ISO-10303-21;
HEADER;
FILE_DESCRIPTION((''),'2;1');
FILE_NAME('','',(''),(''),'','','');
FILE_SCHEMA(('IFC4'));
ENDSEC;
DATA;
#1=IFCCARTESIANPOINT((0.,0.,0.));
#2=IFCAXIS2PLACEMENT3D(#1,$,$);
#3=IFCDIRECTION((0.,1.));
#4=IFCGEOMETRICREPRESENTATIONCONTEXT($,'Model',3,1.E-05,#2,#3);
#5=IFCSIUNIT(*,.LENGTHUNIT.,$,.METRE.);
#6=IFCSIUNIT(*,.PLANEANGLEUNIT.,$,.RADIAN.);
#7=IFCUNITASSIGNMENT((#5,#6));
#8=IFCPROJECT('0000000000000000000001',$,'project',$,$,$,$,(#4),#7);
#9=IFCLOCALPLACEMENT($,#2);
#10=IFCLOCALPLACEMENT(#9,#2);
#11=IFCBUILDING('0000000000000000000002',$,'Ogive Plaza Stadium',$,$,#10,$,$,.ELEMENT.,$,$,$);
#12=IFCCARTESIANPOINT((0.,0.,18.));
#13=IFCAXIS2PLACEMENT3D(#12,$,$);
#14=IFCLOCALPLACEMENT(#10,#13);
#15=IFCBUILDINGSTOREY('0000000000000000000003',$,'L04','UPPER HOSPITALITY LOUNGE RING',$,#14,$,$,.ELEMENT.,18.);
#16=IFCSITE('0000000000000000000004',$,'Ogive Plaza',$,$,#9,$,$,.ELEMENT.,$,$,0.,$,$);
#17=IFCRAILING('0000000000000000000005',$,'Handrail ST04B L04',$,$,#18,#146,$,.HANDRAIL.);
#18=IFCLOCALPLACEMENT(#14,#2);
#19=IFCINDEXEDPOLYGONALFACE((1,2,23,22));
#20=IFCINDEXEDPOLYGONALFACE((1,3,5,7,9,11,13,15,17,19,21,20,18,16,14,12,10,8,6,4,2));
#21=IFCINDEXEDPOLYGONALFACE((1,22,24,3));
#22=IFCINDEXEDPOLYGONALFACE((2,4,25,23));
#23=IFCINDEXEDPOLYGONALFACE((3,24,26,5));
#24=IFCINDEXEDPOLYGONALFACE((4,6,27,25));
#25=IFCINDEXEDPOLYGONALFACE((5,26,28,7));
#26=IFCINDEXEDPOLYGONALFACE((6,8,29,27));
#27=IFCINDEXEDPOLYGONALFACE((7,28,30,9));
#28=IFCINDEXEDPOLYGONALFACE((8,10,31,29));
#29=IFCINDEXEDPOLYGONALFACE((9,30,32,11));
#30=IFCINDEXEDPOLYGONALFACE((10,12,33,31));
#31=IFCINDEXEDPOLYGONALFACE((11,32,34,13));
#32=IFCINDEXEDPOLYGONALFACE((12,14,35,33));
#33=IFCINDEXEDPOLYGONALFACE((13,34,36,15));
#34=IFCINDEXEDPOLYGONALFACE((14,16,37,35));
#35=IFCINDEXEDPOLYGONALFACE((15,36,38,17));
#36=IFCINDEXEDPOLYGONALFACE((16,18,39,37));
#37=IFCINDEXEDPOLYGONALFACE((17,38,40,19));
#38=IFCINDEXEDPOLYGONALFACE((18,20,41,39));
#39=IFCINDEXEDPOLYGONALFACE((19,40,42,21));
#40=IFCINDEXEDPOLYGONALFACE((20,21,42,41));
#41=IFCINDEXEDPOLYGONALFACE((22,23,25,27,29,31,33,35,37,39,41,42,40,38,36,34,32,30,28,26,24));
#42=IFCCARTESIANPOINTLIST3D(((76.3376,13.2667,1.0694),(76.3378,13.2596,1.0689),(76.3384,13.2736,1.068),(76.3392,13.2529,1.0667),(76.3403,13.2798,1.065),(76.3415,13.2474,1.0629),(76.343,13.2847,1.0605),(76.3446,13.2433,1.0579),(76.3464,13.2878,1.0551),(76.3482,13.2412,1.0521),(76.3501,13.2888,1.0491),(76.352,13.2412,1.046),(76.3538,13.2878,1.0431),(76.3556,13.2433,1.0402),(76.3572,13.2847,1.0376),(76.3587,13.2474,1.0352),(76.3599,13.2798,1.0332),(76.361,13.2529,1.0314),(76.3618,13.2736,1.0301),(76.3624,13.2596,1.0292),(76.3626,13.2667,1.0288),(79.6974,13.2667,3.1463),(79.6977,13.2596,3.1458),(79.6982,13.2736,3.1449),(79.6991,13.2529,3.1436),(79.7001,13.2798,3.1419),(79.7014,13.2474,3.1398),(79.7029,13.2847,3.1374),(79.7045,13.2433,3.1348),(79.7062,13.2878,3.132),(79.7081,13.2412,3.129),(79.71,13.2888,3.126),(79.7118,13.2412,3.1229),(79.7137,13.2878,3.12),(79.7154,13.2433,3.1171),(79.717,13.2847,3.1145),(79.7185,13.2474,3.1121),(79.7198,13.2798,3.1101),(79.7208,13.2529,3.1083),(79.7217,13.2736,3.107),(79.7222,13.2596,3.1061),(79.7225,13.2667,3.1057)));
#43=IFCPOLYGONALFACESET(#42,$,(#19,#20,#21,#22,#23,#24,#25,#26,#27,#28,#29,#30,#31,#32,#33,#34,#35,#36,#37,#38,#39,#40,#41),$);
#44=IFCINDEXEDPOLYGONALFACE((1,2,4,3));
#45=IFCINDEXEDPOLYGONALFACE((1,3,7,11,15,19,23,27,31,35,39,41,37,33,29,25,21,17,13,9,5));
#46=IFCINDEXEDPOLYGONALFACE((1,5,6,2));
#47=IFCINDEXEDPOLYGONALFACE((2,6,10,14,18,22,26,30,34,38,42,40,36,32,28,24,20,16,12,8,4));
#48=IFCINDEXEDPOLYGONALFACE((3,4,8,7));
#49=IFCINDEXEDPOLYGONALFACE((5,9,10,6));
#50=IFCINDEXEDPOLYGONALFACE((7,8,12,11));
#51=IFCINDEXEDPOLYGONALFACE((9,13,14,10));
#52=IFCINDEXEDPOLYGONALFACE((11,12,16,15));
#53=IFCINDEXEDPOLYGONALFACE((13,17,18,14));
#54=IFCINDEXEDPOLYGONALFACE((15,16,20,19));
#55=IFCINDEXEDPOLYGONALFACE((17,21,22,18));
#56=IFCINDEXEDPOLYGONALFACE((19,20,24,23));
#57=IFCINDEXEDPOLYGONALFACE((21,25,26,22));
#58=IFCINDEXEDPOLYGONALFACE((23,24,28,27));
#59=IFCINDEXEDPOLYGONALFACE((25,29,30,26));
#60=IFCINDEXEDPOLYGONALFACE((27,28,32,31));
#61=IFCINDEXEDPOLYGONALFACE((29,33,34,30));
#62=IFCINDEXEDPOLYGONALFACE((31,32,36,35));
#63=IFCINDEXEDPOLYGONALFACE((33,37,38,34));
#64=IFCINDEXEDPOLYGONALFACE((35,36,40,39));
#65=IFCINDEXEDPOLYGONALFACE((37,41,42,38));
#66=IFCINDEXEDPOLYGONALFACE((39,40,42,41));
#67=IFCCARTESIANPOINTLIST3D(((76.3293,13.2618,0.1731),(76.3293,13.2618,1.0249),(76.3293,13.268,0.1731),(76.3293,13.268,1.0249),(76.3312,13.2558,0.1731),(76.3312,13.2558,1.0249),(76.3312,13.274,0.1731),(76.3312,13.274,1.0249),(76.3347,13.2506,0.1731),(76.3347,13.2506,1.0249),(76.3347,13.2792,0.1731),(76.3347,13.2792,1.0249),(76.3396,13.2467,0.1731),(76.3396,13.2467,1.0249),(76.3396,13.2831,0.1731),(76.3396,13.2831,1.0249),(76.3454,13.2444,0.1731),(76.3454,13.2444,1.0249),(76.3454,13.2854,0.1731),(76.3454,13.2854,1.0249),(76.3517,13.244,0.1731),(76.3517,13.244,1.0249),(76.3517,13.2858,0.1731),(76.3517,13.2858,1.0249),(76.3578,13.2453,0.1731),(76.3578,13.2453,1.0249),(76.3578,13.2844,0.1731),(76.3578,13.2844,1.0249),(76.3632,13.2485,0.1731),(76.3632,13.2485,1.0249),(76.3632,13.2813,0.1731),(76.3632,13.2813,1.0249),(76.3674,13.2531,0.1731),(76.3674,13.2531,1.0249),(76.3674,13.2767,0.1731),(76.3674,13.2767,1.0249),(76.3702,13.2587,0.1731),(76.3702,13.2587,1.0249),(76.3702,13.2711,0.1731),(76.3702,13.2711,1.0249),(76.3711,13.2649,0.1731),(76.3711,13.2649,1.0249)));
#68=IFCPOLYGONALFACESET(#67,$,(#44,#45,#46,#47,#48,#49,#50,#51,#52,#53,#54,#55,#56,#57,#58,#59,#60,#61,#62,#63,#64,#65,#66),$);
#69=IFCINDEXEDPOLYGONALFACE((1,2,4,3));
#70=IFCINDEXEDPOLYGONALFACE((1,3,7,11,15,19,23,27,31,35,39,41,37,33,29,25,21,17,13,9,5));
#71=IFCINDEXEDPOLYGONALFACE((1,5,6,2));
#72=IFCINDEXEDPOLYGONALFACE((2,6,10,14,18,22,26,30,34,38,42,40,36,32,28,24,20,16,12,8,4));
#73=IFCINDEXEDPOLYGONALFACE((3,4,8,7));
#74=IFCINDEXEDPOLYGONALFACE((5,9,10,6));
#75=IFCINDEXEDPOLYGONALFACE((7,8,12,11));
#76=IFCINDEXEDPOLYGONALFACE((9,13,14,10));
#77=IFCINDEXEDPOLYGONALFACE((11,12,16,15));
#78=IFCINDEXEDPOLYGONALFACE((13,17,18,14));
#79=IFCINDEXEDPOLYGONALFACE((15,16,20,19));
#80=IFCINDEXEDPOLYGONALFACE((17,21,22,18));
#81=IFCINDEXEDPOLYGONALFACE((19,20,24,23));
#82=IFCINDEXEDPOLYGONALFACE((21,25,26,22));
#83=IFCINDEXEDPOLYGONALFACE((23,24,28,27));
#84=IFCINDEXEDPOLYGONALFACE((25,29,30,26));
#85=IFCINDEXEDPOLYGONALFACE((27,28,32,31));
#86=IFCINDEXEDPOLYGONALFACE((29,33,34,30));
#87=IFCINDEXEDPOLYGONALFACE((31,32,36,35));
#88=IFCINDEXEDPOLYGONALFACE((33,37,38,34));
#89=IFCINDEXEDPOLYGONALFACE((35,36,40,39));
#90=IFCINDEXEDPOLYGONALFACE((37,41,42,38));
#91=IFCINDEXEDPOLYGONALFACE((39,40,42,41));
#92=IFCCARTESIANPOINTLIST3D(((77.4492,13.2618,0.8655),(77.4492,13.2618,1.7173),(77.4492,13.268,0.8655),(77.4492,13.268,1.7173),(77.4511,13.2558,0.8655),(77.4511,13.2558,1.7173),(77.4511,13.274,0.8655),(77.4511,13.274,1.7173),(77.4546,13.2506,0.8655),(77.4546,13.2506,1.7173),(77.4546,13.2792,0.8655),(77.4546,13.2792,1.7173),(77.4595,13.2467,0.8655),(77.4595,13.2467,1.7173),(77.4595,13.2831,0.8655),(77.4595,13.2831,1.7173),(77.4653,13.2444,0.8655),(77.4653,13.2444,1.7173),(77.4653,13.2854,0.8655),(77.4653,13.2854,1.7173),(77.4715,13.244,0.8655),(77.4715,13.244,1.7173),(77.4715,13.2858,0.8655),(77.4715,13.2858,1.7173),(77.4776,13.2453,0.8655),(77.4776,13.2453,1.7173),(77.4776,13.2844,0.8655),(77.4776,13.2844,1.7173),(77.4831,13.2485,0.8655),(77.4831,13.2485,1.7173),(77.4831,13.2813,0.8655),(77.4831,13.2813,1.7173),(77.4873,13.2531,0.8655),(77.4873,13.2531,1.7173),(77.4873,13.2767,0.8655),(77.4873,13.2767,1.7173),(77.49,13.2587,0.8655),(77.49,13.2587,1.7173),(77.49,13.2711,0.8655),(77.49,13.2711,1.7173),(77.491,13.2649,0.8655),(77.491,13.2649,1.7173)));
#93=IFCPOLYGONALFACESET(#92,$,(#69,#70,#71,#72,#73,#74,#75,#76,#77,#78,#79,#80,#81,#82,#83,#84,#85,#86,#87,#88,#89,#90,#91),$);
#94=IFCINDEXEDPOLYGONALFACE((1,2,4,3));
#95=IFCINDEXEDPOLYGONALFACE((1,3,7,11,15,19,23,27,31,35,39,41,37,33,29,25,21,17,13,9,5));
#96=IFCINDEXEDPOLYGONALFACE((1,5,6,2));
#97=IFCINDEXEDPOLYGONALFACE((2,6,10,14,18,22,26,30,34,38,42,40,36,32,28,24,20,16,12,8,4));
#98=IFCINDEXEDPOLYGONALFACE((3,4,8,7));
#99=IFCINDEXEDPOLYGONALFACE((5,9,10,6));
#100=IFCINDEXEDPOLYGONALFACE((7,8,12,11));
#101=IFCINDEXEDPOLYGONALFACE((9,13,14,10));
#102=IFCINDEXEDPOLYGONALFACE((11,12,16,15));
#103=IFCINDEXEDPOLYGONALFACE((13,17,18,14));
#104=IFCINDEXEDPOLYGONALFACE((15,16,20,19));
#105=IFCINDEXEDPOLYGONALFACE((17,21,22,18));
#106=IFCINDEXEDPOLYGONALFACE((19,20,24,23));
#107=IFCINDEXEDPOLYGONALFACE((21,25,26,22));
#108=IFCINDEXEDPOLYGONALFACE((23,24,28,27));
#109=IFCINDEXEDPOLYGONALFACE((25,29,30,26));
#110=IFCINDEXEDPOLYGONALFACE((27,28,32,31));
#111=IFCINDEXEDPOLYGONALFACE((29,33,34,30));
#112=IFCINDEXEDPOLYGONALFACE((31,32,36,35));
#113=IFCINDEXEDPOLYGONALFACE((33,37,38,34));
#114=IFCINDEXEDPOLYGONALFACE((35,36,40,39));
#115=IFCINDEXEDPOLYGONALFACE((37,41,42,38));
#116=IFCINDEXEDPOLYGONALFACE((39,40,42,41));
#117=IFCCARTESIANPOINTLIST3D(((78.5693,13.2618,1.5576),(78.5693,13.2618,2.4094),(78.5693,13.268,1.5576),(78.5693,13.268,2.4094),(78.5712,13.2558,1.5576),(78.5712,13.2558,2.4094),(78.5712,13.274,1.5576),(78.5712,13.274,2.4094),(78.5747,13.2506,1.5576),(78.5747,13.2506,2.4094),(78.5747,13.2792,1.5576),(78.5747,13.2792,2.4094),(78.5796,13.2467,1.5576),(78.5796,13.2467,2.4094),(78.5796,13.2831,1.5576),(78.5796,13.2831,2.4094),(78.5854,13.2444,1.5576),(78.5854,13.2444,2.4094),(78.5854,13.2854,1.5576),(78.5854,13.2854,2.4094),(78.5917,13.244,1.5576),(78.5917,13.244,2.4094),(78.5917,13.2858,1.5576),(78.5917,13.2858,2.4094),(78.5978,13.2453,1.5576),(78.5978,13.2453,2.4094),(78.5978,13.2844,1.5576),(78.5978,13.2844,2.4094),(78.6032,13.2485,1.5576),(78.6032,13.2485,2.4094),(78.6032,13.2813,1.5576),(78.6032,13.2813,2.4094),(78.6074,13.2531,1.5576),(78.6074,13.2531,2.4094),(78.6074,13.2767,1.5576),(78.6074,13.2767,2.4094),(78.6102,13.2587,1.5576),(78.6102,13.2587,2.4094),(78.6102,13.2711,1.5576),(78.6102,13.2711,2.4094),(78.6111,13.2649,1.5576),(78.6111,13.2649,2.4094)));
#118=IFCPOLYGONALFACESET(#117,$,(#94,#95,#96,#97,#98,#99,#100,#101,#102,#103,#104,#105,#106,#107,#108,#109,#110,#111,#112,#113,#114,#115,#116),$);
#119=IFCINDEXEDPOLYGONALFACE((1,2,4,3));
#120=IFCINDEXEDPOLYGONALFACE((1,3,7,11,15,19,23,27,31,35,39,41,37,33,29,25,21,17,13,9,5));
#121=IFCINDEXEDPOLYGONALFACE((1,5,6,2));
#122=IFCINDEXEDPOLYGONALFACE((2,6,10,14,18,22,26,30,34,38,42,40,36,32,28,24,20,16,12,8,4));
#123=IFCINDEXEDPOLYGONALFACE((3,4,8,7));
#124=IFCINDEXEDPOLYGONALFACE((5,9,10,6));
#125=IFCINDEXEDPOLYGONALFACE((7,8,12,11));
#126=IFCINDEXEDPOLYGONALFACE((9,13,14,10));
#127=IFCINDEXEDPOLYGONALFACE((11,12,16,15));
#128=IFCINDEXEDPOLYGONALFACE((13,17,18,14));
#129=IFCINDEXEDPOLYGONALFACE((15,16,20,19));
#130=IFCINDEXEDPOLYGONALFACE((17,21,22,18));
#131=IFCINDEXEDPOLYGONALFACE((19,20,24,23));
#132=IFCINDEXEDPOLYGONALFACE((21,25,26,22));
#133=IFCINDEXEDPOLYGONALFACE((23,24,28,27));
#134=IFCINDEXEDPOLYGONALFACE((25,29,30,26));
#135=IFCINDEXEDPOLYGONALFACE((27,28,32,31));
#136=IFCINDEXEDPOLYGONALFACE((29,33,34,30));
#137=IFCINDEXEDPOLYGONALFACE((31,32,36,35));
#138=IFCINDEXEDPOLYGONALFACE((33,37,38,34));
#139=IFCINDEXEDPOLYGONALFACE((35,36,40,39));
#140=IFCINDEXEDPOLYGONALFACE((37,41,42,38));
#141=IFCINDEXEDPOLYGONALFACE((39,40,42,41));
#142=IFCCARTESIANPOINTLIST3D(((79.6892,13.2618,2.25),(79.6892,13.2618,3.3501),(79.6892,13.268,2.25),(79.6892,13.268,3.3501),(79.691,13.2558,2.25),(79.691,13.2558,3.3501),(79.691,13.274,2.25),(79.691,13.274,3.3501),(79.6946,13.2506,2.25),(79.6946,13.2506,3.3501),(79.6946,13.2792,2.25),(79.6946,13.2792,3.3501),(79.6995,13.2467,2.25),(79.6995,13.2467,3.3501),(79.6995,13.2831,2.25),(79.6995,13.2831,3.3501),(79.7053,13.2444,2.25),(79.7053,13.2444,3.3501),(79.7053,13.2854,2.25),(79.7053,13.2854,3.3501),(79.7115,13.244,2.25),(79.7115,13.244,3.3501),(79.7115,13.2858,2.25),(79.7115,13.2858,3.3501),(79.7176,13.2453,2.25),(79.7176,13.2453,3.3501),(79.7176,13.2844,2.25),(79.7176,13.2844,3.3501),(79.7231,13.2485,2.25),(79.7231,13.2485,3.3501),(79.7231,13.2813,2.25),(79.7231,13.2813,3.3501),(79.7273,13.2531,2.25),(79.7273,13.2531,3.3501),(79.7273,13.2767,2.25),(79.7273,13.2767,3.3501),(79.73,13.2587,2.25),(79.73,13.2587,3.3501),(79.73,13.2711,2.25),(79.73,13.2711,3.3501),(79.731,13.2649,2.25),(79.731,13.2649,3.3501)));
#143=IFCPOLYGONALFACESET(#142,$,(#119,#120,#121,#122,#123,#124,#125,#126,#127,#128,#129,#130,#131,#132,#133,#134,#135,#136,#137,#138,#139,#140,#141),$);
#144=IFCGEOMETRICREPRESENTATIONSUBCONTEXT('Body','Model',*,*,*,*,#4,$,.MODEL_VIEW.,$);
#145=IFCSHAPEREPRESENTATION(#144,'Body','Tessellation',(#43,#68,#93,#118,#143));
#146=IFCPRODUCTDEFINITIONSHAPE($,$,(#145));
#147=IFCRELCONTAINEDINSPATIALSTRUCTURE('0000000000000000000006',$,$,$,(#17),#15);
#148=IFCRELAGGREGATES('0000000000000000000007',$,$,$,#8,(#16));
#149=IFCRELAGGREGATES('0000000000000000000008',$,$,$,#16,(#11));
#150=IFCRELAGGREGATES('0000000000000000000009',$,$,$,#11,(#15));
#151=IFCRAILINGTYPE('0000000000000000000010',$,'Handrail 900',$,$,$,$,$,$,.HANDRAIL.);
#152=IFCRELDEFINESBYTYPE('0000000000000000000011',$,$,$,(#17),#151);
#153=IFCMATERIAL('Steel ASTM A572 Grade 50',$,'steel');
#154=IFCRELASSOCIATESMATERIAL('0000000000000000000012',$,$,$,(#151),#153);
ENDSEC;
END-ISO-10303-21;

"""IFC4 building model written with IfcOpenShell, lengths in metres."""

from ifc_helpers import new_model, si_unit, direction, frame, origin, origin_2d, place, context, subcontext, project, spatial, circle, extrude, material, type_object, element, save


model = new_model("IFC4")

# Units and contexts
model_context = context("Model", 3, precision=1e-05, world=origin(), true_north=direction((0.0, 1.0)))
body_context = subcontext(model_context, "Body", "Model", "MODEL_VIEW")
ifc_project = project(units=[si_unit("LENGTHUNIT", "METRE"), si_unit("PLANEANGLEUNIT", "RADIAN")], contexts=[model_context])

# Site, building, storey
site_placement = place(None, origin())
site = spatial("IfcSite", under=ifc_project, at=site_placement, Name="Ogive Plaza", CompositionType="ELEMENT", RefElevation=0.0)
building_placement = place(site_placement, origin())
building = spatial("IfcBuilding", under=site, at=building_placement, Name="Ogive Plaza Stadium", CompositionType="ELEMENT")
storey_placement = place(building_placement, frame((0.0, 0.0, 18.0)))
storey = spatial("IfcBuildingStorey", under=building, at=storey_placement, Name="L04", Description="UPPER HOSPITALITY LOUNGE RING", CompositionType="ELEMENT", Elevation=18.0)

# Railing
ifc_material_1 = material(Name="Steel ASTM A572 Grade 50", Category="steel")
railing_type_1 = type_object("IfcRailingType", Name="Handrail 900", PredefinedType="HANDRAIL", material=ifc_material_1)
for number, where, name in (
    (1, (76.3501, 13.2649, 0.1731), "Handrail ST04B L04"),
):
    element("IfcRailing", number, at=place(storey_placement, frame(where)), inside=storey, type_object=railing_type_1, Name=name, PredefinedType="HANDRAIL", context=body_context, shape_type="SweptSolid", body=[
        extrude(circle(Radius=0.0239, at=origin_2d()), frame((0.0, 0.0, 0.876), z_axis=(0.850606, 0.0, 0.525803), x_axis=(0.0, 1.0, 0.0)), (0.0, 0.0, 1.0), 3.95),
        extrude(circle(Radius=0.021, at=origin_2d()), origin(), (0.0, 0.0, 1.0), 0.8518),
        extrude(circle(Radius=0.021, at=origin_2d()), frame((1.1199, 0.0, 0.6924)), (0.0, 0.0, 1.0), 0.8518),
        extrude(circle(Radius=0.021, at=origin_2d()), frame((2.24, 0.0, 1.3845)), (0.0, 0.0, 1.0), 0.8518),
        extrude(circle(Radius=0.021, at=origin_2d()), frame((3.3599, 0.0, 2.0769)), (0.0, 0.0, 1.0), 1.1001),
    ])

save(model, "model.ifc")
